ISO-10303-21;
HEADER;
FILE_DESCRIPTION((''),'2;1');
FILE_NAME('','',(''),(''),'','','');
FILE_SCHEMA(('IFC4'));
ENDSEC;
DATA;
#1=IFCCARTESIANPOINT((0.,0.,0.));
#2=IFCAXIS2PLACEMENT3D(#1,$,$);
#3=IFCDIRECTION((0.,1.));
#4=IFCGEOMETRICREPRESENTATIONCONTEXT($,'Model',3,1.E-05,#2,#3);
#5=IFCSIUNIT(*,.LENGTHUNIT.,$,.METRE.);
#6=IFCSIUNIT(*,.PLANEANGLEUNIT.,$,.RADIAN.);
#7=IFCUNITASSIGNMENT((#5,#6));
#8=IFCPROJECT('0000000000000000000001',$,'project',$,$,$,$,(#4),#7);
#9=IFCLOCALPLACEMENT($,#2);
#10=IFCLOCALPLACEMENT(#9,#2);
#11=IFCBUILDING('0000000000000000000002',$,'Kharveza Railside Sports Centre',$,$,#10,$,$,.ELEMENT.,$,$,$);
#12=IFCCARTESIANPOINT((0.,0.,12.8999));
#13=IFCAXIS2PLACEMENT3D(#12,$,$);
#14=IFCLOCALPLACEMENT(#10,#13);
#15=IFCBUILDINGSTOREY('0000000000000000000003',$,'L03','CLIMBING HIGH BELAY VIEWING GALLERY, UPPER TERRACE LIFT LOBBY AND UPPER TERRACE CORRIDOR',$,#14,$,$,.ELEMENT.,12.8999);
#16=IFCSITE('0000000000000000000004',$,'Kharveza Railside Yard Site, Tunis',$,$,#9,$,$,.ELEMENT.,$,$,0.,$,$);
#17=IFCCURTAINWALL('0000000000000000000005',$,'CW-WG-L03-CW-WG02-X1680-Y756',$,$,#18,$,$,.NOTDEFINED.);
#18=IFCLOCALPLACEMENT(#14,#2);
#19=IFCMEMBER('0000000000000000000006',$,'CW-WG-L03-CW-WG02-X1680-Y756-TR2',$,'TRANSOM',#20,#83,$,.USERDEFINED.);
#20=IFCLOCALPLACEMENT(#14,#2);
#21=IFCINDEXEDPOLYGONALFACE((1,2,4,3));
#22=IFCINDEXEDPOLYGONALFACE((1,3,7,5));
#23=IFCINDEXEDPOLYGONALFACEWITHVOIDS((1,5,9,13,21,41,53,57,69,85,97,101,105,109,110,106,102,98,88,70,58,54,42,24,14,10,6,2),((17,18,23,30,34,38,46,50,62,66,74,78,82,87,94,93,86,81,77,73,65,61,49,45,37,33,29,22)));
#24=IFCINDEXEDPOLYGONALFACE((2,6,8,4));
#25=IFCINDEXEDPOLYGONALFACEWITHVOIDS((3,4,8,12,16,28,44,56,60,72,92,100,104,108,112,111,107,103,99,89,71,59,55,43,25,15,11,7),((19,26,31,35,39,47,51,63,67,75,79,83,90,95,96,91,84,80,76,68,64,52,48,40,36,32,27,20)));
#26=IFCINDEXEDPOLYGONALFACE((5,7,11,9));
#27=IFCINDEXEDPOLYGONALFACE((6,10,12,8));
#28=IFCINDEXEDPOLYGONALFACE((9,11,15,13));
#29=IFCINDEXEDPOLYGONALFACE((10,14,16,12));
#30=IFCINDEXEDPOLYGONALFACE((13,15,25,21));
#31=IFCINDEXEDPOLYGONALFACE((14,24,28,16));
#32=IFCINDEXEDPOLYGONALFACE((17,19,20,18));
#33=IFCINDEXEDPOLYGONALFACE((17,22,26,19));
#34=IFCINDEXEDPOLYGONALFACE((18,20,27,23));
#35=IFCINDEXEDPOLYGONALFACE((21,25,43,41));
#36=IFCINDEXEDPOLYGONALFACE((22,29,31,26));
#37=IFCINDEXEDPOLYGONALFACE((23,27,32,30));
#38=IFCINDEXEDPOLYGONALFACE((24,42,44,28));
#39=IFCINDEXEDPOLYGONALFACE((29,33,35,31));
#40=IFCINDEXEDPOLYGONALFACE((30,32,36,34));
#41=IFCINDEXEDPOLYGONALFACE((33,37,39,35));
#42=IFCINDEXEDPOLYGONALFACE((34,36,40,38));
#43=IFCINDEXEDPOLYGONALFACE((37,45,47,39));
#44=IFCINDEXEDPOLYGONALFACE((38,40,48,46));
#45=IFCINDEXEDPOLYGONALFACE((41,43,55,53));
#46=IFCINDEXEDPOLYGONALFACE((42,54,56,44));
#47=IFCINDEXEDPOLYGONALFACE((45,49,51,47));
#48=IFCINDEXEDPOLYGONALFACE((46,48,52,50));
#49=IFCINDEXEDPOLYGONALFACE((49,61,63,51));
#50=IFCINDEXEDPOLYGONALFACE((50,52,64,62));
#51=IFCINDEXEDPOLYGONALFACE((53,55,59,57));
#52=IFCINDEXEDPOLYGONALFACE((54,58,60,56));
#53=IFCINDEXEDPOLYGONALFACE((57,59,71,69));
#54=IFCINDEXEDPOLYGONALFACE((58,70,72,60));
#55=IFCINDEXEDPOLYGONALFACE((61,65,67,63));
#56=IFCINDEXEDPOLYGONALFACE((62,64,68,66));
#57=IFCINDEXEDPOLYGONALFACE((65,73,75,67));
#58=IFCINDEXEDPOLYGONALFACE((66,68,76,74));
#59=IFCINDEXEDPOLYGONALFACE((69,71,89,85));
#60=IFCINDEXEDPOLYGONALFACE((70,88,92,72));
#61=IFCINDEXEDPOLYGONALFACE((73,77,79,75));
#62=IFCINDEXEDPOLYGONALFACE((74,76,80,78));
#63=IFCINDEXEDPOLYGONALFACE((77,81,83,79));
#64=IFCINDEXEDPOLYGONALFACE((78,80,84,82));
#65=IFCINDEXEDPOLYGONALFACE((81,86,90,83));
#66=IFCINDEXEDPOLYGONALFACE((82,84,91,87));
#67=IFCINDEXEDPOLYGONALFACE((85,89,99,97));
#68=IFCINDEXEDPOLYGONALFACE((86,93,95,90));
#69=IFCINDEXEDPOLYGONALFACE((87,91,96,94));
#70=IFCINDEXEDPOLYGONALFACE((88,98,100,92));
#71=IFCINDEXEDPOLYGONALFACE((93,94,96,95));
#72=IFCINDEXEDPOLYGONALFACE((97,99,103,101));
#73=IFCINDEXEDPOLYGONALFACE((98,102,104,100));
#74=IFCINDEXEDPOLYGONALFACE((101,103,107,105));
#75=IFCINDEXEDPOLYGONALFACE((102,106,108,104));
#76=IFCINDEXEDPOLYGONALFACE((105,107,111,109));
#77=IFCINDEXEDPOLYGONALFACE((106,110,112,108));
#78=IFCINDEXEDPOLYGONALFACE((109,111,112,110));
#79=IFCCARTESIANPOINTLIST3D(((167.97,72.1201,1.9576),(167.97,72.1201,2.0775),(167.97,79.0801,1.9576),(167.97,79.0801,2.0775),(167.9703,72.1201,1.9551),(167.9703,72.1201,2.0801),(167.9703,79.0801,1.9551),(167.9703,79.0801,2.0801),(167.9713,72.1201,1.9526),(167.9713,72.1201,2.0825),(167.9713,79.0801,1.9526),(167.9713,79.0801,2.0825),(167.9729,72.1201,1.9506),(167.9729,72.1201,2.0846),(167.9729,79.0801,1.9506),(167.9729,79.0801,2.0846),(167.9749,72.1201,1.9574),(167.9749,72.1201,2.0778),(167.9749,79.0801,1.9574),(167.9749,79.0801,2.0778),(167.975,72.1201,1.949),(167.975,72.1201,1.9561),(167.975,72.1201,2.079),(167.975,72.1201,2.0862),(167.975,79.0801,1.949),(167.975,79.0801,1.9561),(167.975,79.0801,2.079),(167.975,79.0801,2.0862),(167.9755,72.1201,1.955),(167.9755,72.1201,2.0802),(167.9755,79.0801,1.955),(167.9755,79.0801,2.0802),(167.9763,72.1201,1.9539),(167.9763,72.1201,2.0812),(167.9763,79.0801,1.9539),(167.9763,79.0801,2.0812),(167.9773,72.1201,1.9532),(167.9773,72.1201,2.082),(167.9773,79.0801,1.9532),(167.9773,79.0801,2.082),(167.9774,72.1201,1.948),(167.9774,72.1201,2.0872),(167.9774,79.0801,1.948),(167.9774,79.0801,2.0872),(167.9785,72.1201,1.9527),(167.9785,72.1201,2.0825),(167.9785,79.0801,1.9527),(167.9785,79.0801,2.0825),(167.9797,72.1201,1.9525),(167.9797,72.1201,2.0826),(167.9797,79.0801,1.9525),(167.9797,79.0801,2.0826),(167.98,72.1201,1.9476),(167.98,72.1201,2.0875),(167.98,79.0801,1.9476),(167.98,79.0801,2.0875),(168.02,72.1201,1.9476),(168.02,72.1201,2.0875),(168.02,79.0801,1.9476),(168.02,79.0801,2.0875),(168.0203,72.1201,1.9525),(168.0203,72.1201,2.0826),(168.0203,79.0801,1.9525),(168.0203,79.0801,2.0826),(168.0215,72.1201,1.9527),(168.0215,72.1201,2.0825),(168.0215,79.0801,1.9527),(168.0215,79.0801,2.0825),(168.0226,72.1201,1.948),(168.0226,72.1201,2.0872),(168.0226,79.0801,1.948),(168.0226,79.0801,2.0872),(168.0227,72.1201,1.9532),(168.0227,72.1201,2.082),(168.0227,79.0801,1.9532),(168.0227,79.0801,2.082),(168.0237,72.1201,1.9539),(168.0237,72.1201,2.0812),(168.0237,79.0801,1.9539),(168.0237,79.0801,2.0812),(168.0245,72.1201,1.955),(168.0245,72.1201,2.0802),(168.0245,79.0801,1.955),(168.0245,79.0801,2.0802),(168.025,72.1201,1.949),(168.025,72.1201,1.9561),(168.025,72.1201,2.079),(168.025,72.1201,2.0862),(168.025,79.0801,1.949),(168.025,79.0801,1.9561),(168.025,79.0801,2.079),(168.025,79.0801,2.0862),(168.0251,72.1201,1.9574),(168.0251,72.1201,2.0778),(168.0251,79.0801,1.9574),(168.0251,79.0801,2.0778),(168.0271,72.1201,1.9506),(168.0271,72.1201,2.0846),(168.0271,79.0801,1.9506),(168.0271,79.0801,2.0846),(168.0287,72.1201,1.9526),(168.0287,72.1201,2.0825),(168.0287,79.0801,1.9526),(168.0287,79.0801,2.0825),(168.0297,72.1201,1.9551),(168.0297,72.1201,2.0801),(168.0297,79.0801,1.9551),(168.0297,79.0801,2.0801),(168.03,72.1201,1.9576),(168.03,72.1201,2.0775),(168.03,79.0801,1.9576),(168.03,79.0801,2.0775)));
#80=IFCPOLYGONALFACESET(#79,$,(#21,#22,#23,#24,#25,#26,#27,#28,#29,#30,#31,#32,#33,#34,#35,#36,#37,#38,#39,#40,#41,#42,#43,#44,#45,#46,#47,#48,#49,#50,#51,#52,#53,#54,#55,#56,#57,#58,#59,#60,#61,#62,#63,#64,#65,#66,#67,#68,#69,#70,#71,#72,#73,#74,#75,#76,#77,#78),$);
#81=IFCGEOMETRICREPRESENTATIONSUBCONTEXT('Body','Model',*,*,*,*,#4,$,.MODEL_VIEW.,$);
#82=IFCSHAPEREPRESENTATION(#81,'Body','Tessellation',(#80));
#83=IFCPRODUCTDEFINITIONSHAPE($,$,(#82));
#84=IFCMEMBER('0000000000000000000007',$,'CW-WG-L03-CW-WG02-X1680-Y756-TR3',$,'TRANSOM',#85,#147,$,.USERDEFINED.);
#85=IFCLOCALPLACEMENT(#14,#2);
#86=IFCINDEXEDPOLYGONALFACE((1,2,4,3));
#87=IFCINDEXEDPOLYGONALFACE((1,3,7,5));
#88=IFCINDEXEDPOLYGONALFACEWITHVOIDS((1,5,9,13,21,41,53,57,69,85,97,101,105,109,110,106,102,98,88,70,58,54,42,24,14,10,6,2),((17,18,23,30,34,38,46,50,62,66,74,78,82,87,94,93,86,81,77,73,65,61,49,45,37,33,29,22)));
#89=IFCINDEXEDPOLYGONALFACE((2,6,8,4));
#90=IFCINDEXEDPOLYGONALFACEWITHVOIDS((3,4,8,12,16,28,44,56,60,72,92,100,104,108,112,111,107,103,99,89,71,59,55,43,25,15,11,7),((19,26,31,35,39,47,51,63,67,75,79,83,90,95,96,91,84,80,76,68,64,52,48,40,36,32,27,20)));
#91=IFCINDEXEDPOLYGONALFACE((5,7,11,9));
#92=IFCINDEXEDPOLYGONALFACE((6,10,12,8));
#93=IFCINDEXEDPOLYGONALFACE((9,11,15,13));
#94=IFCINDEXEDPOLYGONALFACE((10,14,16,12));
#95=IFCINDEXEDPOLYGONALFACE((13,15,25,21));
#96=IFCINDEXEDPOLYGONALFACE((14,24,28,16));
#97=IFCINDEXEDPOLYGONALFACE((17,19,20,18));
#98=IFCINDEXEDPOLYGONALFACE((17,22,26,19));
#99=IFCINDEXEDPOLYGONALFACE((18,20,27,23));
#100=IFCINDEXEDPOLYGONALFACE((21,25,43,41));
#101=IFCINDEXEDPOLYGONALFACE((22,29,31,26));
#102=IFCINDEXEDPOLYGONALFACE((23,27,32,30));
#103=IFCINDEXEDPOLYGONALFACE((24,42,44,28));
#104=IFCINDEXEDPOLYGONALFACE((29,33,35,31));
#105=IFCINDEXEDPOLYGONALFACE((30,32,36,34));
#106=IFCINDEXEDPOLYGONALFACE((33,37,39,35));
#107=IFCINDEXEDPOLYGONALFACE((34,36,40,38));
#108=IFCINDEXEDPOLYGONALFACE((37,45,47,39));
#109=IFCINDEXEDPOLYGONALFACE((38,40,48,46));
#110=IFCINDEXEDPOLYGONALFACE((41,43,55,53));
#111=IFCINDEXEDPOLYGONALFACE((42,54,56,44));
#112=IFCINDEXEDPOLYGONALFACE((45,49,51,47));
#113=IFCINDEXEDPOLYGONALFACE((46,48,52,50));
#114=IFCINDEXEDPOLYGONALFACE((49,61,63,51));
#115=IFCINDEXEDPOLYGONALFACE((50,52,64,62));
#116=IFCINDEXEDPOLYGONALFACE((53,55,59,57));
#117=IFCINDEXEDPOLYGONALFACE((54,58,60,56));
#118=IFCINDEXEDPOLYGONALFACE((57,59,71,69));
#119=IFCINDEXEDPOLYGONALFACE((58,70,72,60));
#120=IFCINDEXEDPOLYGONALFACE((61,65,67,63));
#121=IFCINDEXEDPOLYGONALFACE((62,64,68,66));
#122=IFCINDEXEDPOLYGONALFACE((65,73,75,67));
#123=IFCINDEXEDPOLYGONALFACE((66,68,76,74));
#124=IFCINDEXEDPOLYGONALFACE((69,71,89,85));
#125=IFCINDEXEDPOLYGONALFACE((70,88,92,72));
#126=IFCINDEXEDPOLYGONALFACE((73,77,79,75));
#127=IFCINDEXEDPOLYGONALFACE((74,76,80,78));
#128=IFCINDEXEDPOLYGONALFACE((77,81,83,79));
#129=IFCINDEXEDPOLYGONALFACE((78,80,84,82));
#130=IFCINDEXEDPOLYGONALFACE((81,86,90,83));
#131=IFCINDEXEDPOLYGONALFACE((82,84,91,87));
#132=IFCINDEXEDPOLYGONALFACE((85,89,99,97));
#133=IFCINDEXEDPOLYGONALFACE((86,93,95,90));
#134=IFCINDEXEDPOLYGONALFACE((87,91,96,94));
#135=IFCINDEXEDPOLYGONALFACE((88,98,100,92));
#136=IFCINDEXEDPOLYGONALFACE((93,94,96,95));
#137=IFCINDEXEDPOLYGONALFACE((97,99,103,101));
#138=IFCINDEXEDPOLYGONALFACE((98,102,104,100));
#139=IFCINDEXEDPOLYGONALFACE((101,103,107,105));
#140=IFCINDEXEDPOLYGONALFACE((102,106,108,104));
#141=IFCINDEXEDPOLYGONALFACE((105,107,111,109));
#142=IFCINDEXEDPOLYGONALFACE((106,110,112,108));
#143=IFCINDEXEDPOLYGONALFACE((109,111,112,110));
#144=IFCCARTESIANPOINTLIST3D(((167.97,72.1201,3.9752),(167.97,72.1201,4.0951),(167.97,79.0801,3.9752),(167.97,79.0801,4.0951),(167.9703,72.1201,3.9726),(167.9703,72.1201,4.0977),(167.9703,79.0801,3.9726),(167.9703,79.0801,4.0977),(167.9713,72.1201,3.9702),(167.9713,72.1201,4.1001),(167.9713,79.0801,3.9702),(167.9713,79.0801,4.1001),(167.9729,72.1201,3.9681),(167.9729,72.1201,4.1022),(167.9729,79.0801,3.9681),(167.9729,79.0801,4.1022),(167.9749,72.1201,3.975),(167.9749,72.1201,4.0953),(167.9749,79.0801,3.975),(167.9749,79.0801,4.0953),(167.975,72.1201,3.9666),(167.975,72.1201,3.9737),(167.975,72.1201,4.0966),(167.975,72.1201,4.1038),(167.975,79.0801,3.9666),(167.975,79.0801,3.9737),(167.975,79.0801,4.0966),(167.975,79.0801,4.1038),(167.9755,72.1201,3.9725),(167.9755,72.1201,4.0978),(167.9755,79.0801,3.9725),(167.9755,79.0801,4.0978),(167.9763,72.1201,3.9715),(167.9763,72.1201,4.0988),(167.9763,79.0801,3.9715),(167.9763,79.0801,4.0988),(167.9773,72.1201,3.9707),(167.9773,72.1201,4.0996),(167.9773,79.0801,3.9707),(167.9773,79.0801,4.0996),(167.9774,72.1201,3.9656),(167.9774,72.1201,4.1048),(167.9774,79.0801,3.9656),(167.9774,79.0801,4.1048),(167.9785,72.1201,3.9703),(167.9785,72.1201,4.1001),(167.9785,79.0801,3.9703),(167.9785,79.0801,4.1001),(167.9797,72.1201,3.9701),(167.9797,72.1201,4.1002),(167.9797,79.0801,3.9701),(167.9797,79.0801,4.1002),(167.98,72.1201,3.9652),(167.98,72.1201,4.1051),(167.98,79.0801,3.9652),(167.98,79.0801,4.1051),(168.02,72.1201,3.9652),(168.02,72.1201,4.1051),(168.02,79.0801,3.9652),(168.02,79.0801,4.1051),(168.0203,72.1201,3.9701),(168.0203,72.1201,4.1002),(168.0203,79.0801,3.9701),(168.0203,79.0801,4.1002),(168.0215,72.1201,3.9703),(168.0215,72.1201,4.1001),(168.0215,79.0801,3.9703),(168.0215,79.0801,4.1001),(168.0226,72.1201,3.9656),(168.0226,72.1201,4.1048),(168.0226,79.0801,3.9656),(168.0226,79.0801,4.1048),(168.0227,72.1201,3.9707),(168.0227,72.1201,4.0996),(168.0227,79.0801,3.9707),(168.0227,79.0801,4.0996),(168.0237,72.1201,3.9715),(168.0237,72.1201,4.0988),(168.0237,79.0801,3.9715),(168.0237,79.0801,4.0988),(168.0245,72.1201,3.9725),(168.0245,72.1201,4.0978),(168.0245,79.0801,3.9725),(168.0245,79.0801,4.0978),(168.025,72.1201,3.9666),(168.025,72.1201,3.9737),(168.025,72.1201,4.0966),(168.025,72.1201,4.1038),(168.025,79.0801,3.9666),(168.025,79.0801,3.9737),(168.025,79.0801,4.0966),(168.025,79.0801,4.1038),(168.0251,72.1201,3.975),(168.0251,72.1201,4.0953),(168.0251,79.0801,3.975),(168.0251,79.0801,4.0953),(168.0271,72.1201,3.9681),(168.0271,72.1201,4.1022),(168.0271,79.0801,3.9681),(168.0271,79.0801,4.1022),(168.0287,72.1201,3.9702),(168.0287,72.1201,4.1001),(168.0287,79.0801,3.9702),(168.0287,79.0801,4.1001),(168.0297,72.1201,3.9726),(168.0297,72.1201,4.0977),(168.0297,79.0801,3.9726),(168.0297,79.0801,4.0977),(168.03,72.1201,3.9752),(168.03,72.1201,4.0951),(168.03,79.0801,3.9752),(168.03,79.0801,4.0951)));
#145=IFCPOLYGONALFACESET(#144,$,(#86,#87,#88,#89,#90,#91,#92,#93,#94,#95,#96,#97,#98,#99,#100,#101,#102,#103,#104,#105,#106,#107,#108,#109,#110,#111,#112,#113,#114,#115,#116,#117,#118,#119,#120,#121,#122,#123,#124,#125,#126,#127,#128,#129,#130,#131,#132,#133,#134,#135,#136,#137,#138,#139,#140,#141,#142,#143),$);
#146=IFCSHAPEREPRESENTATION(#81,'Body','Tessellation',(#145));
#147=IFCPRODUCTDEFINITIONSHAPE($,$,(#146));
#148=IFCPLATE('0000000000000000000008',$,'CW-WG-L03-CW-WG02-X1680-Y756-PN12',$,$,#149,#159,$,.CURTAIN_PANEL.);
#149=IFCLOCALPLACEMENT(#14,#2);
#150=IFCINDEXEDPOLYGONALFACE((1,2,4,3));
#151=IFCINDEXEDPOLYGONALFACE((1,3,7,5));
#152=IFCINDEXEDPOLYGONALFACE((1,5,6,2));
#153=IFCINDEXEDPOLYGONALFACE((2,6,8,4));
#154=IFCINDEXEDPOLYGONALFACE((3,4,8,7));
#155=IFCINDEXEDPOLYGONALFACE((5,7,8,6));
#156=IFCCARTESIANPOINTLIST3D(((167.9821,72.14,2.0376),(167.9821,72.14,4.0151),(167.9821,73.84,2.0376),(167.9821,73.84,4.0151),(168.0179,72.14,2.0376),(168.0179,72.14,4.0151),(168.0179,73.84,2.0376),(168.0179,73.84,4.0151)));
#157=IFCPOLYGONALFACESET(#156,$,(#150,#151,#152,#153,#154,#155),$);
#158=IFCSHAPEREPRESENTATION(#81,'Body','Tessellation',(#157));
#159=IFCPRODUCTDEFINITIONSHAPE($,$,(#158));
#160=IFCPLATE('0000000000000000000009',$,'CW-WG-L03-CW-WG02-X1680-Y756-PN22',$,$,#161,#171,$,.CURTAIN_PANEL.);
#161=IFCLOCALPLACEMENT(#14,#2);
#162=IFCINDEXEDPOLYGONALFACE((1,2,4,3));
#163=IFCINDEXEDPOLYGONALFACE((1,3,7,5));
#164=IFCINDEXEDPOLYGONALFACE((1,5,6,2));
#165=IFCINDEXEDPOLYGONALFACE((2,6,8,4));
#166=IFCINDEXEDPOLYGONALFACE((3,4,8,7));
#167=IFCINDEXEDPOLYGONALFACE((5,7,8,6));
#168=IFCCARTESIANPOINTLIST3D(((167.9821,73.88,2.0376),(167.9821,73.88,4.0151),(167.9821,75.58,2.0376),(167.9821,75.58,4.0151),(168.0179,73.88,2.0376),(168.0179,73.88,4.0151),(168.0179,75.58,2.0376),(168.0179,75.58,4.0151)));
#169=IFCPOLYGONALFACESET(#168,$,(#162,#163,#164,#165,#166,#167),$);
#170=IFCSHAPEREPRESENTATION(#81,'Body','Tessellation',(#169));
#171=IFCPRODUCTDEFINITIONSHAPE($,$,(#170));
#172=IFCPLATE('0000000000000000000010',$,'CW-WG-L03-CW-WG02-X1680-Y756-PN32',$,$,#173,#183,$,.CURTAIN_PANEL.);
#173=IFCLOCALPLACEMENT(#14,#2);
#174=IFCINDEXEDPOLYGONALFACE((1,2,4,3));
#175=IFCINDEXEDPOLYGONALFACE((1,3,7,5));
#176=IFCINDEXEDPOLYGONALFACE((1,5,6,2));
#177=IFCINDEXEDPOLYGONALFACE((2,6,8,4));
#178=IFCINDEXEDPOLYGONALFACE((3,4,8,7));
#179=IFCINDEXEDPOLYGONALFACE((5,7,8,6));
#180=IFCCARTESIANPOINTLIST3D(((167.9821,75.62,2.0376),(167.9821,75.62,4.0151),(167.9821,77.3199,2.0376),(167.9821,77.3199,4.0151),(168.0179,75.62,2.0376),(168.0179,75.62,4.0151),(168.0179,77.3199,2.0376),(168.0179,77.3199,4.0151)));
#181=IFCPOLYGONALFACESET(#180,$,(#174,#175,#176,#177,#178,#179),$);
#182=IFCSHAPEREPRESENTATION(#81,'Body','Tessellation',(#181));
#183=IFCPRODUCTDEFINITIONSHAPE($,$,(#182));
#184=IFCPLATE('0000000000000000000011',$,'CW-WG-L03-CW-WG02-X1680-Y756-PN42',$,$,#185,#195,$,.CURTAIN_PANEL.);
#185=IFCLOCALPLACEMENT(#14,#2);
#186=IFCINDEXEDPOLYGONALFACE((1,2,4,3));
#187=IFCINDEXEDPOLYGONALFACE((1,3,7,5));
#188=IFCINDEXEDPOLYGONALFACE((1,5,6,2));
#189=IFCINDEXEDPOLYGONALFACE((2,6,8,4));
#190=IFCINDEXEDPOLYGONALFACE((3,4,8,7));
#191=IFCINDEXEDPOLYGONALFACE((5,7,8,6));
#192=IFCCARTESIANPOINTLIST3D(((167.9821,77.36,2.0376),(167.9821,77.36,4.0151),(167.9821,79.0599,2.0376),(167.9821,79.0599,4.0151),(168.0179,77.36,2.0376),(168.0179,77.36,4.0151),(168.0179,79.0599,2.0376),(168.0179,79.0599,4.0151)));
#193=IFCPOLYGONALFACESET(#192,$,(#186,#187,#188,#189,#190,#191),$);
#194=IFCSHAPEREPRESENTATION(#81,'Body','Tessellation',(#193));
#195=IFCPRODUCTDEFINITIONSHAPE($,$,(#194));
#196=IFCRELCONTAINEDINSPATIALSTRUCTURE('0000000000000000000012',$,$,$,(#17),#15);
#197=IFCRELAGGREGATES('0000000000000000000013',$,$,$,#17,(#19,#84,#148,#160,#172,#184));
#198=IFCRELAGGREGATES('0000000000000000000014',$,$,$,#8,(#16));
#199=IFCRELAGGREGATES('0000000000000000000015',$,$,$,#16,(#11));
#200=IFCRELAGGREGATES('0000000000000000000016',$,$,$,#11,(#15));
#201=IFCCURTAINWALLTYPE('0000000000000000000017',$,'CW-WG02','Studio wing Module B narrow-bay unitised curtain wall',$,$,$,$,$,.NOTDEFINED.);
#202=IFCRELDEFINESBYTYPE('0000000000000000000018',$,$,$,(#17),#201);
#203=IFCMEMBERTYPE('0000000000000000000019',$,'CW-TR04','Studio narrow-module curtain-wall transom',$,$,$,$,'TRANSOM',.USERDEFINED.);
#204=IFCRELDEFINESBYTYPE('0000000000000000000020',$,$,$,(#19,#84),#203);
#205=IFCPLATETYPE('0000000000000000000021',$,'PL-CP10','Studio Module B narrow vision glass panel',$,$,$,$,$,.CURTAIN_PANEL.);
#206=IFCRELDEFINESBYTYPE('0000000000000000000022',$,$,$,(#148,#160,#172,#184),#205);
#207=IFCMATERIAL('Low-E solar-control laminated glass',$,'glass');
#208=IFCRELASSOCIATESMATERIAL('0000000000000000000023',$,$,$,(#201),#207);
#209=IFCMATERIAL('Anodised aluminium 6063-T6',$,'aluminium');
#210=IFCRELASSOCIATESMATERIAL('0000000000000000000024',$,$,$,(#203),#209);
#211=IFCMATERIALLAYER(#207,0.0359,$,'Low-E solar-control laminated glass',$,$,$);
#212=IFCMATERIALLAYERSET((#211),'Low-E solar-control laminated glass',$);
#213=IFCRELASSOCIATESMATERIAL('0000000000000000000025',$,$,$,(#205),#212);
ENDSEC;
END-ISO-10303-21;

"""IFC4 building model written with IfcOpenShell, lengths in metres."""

from ifc_helpers import new_model, si_unit, direction, frame, origin, origin_2d, place, context, subcontext, project, spatial, rectangle, hollow_rectangle, extrude, material, layer, layer_set, material_profile, profile_set, type_object, element, aggregate, save


model = new_model("IFC4")

# Units and contexts
model_context = context("Model", 3, precision=1e-05, world=origin(), true_north=direction((0.0, 1.0)))
body_context = subcontext(model_context, "Body", "Model", "MODEL_VIEW")
ifc_project = project(units=[si_unit("LENGTHUNIT", "METRE"), si_unit("PLANEANGLEUNIT", "RADIAN")], contexts=[model_context])

# Site, building, storey
site_placement = place(None, origin())
site = spatial("IfcSite", under=ifc_project, at=site_placement, Name="Kharveza Railside Yard Site, Tunis", CompositionType="ELEMENT", RefElevation=0.0)
building_placement = place(site_placement, origin())
building = spatial("IfcBuilding", under=site, at=building_placement, Name="Kharveza Railside Sports Centre", CompositionType="ELEMENT")
storey_placement = place(building_placement, frame((0.0, 0.0, 12.8999)))
storey = spatial("IfcBuildingStorey", under=building, at=storey_placement, Name="L03", Description="CLIMBING HIGH BELAY VIEWING GALLERY, UPPER TERRACE LIFT LOBBY AND UPPER TERRACE CORRIDOR", CompositionType="ELEMENT", Elevation=12.8999)

# Curtain wall, members, plates
ifc_material_1 = material(Name="Low-E solar-control laminated glass", Category="glass")
curtain_wall_type = type_object("IfcCurtainWallType", Name="CW-WG02", Description="Studio wing Module B narrow-bay unitised curtain wall", PredefinedType="NOTDEFINED", material=ifc_material_1)
curtain_wall_placement = place(storey_placement, origin())
curtain_wall = element("IfcCurtainWall", 1, at=curtain_wall_placement, inside=storey, type_object=curtain_wall_type, Name="CW-WG-L03-CW-WG02-X1680-Y756", PredefinedType="NOTDEFINED")
ifc_material_2 = material(Name="Anodised aluminium 6063-T6", Category="aluminium")
ifc_material_profile_1 = material_profile(ifc_material_2, hollow_rectangle(XDim=0.0601, YDim=0.1399, WallThickness=0.0049, InnerFilletRadius=0.0049, OuterFilletRadius=0.01, at=origin_2d()), Name="RHS 60x140x5.0")
ifc_profile_set_1 = profile_set([ifc_material_profile_1], Name="Anodised aluminium 6063-T6")
member_type_1 = type_object("IfcMemberType", Name="CW-TR04", Description="Studio narrow-module curtain-wall transom", ElementType="TRANSOM", PredefinedType="USERDEFINED", material=ifc_profile_set_1)
member_1_placement = place(storey_placement, frame((168.0, 72.1201, 2.0176), z_axis=(0.0, 1.0, 0.0), x_axis=(-1.0, 0.0, 0.0)))
member_1 = element("IfcMember", 2, at=member_1_placement, type_object=member_type_1, Name="CW-WG-L03-CW-WG02-X1680-Y756-TR2", ObjectType="TRANSOM", PredefinedType="USERDEFINED", context=body_context, shape_type="SweptSolid", body=[
    extrude(hollow_rectangle(XDim=0.0601, YDim=0.1399, WallThickness=0.0049, InnerFilletRadius=0.0049, OuterFilletRadius=0.01, at=origin_2d()), origin(), (0.0, 0.0, 1.0), 6.96),
])
member_2_placement = place(storey_placement, frame((168.0, 72.1201, 4.0352), z_axis=(0.0, 1.0, 0.0), x_axis=(-1.0, 0.0, 0.0)))
member_2 = element("IfcMember", 3, at=member_2_placement, type_object=member_type_1, Name="CW-WG-L03-CW-WG02-X1680-Y756-TR3", ObjectType="TRANSOM", PredefinedType="USERDEFINED", context=body_context, shape_type="SweptSolid", body=[
    extrude(hollow_rectangle(XDim=0.0601, YDim=0.1399, WallThickness=0.0049, InnerFilletRadius=0.0049, OuterFilletRadius=0.01, at=origin_2d()), origin(), (0.0, 0.0, 1.0), 6.96),
])
ifc_layer_1 = layer(ifc_material_1, 0.0359, Name="Low-E solar-control laminated glass")
ifc_layer_set_1 = layer_set([ifc_layer_1], Name="Low-E solar-control laminated glass")
plate_type_1 = type_object("IfcPlateType", Name="PL-CP10", Description="Studio Module B narrow vision glass panel", PredefinedType="CURTAIN_PANEL", material=ifc_layer_set_1)
plate_1_placement = place(storey_placement, frame((168.0, 72.99, 2.0376), z_axis=(0.0, 0.0, 1.0), x_axis=(0.0, 1.0, 0.0)))
plate_1 = element("IfcPlate", 4, at=plate_1_placement, type_object=plate_type_1, Name="CW-WG-L03-CW-WG02-X1680-Y756-PN12", PredefinedType="CURTAIN_PANEL", context=body_context, shape_type="SweptSolid", body=[
    extrude(rectangle(XDim=1.7, YDim=0.0359, at=origin_2d()), origin(), (0.0, 0.0, 1.0), 1.9775),
])
plate_2_placement = place(storey_placement, frame((168.0, 74.73, 2.0376), z_axis=(0.0, 0.0, 1.0), x_axis=(0.0, 1.0, 0.0)))
plate_2 = element("IfcPlate", 5, at=plate_2_placement, type_object=plate_type_1, Name="CW-WG-L03-CW-WG02-X1680-Y756-PN22", PredefinedType="CURTAIN_PANEL", context=body_context, shape_type="SweptSolid", body=[
    extrude(rectangle(XDim=1.7, YDim=0.0359, at=origin_2d()), origin(), (0.0, 0.0, 1.0), 1.9775),
])
plate_3_placement = place(storey_placement, frame((168.0, 76.47, 2.0376), z_axis=(0.0, 0.0, 1.0), x_axis=(0.0, 1.0, 0.0)))
plate_3 = element("IfcPlate", 6, at=plate_3_placement, type_object=plate_type_1, Name="CW-WG-L03-CW-WG02-X1680-Y756-PN32", PredefinedType="CURTAIN_PANEL", context=body_context, shape_type="SweptSolid", body=[
    extrude(rectangle(XDim=1.7, YDim=0.0359, at=origin_2d()), origin(), (0.0, 0.0, 1.0), 1.9775),
])
plate_4_placement = place(storey_placement, frame((168.0, 78.21, 2.0376), z_axis=(0.0, 0.0, 1.0), x_axis=(0.0, 1.0, 0.0)))
plate_4 = element("IfcPlate", 7, at=plate_4_placement, type_object=plate_type_1, Name="CW-WG-L03-CW-WG02-X1680-Y756-PN42", PredefinedType="CURTAIN_PANEL", context=body_context, shape_type="SweptSolid", body=[
    extrude(rectangle(XDim=1.7, YDim=0.0359, at=origin_2d()), origin(), (0.0, 0.0, 1.0), 1.9775),
])
aggregate(curtain_wall, [member_1, member_2, plate_1, plate_2, plate_3, plate_4])

save(model, "model.ifc")
